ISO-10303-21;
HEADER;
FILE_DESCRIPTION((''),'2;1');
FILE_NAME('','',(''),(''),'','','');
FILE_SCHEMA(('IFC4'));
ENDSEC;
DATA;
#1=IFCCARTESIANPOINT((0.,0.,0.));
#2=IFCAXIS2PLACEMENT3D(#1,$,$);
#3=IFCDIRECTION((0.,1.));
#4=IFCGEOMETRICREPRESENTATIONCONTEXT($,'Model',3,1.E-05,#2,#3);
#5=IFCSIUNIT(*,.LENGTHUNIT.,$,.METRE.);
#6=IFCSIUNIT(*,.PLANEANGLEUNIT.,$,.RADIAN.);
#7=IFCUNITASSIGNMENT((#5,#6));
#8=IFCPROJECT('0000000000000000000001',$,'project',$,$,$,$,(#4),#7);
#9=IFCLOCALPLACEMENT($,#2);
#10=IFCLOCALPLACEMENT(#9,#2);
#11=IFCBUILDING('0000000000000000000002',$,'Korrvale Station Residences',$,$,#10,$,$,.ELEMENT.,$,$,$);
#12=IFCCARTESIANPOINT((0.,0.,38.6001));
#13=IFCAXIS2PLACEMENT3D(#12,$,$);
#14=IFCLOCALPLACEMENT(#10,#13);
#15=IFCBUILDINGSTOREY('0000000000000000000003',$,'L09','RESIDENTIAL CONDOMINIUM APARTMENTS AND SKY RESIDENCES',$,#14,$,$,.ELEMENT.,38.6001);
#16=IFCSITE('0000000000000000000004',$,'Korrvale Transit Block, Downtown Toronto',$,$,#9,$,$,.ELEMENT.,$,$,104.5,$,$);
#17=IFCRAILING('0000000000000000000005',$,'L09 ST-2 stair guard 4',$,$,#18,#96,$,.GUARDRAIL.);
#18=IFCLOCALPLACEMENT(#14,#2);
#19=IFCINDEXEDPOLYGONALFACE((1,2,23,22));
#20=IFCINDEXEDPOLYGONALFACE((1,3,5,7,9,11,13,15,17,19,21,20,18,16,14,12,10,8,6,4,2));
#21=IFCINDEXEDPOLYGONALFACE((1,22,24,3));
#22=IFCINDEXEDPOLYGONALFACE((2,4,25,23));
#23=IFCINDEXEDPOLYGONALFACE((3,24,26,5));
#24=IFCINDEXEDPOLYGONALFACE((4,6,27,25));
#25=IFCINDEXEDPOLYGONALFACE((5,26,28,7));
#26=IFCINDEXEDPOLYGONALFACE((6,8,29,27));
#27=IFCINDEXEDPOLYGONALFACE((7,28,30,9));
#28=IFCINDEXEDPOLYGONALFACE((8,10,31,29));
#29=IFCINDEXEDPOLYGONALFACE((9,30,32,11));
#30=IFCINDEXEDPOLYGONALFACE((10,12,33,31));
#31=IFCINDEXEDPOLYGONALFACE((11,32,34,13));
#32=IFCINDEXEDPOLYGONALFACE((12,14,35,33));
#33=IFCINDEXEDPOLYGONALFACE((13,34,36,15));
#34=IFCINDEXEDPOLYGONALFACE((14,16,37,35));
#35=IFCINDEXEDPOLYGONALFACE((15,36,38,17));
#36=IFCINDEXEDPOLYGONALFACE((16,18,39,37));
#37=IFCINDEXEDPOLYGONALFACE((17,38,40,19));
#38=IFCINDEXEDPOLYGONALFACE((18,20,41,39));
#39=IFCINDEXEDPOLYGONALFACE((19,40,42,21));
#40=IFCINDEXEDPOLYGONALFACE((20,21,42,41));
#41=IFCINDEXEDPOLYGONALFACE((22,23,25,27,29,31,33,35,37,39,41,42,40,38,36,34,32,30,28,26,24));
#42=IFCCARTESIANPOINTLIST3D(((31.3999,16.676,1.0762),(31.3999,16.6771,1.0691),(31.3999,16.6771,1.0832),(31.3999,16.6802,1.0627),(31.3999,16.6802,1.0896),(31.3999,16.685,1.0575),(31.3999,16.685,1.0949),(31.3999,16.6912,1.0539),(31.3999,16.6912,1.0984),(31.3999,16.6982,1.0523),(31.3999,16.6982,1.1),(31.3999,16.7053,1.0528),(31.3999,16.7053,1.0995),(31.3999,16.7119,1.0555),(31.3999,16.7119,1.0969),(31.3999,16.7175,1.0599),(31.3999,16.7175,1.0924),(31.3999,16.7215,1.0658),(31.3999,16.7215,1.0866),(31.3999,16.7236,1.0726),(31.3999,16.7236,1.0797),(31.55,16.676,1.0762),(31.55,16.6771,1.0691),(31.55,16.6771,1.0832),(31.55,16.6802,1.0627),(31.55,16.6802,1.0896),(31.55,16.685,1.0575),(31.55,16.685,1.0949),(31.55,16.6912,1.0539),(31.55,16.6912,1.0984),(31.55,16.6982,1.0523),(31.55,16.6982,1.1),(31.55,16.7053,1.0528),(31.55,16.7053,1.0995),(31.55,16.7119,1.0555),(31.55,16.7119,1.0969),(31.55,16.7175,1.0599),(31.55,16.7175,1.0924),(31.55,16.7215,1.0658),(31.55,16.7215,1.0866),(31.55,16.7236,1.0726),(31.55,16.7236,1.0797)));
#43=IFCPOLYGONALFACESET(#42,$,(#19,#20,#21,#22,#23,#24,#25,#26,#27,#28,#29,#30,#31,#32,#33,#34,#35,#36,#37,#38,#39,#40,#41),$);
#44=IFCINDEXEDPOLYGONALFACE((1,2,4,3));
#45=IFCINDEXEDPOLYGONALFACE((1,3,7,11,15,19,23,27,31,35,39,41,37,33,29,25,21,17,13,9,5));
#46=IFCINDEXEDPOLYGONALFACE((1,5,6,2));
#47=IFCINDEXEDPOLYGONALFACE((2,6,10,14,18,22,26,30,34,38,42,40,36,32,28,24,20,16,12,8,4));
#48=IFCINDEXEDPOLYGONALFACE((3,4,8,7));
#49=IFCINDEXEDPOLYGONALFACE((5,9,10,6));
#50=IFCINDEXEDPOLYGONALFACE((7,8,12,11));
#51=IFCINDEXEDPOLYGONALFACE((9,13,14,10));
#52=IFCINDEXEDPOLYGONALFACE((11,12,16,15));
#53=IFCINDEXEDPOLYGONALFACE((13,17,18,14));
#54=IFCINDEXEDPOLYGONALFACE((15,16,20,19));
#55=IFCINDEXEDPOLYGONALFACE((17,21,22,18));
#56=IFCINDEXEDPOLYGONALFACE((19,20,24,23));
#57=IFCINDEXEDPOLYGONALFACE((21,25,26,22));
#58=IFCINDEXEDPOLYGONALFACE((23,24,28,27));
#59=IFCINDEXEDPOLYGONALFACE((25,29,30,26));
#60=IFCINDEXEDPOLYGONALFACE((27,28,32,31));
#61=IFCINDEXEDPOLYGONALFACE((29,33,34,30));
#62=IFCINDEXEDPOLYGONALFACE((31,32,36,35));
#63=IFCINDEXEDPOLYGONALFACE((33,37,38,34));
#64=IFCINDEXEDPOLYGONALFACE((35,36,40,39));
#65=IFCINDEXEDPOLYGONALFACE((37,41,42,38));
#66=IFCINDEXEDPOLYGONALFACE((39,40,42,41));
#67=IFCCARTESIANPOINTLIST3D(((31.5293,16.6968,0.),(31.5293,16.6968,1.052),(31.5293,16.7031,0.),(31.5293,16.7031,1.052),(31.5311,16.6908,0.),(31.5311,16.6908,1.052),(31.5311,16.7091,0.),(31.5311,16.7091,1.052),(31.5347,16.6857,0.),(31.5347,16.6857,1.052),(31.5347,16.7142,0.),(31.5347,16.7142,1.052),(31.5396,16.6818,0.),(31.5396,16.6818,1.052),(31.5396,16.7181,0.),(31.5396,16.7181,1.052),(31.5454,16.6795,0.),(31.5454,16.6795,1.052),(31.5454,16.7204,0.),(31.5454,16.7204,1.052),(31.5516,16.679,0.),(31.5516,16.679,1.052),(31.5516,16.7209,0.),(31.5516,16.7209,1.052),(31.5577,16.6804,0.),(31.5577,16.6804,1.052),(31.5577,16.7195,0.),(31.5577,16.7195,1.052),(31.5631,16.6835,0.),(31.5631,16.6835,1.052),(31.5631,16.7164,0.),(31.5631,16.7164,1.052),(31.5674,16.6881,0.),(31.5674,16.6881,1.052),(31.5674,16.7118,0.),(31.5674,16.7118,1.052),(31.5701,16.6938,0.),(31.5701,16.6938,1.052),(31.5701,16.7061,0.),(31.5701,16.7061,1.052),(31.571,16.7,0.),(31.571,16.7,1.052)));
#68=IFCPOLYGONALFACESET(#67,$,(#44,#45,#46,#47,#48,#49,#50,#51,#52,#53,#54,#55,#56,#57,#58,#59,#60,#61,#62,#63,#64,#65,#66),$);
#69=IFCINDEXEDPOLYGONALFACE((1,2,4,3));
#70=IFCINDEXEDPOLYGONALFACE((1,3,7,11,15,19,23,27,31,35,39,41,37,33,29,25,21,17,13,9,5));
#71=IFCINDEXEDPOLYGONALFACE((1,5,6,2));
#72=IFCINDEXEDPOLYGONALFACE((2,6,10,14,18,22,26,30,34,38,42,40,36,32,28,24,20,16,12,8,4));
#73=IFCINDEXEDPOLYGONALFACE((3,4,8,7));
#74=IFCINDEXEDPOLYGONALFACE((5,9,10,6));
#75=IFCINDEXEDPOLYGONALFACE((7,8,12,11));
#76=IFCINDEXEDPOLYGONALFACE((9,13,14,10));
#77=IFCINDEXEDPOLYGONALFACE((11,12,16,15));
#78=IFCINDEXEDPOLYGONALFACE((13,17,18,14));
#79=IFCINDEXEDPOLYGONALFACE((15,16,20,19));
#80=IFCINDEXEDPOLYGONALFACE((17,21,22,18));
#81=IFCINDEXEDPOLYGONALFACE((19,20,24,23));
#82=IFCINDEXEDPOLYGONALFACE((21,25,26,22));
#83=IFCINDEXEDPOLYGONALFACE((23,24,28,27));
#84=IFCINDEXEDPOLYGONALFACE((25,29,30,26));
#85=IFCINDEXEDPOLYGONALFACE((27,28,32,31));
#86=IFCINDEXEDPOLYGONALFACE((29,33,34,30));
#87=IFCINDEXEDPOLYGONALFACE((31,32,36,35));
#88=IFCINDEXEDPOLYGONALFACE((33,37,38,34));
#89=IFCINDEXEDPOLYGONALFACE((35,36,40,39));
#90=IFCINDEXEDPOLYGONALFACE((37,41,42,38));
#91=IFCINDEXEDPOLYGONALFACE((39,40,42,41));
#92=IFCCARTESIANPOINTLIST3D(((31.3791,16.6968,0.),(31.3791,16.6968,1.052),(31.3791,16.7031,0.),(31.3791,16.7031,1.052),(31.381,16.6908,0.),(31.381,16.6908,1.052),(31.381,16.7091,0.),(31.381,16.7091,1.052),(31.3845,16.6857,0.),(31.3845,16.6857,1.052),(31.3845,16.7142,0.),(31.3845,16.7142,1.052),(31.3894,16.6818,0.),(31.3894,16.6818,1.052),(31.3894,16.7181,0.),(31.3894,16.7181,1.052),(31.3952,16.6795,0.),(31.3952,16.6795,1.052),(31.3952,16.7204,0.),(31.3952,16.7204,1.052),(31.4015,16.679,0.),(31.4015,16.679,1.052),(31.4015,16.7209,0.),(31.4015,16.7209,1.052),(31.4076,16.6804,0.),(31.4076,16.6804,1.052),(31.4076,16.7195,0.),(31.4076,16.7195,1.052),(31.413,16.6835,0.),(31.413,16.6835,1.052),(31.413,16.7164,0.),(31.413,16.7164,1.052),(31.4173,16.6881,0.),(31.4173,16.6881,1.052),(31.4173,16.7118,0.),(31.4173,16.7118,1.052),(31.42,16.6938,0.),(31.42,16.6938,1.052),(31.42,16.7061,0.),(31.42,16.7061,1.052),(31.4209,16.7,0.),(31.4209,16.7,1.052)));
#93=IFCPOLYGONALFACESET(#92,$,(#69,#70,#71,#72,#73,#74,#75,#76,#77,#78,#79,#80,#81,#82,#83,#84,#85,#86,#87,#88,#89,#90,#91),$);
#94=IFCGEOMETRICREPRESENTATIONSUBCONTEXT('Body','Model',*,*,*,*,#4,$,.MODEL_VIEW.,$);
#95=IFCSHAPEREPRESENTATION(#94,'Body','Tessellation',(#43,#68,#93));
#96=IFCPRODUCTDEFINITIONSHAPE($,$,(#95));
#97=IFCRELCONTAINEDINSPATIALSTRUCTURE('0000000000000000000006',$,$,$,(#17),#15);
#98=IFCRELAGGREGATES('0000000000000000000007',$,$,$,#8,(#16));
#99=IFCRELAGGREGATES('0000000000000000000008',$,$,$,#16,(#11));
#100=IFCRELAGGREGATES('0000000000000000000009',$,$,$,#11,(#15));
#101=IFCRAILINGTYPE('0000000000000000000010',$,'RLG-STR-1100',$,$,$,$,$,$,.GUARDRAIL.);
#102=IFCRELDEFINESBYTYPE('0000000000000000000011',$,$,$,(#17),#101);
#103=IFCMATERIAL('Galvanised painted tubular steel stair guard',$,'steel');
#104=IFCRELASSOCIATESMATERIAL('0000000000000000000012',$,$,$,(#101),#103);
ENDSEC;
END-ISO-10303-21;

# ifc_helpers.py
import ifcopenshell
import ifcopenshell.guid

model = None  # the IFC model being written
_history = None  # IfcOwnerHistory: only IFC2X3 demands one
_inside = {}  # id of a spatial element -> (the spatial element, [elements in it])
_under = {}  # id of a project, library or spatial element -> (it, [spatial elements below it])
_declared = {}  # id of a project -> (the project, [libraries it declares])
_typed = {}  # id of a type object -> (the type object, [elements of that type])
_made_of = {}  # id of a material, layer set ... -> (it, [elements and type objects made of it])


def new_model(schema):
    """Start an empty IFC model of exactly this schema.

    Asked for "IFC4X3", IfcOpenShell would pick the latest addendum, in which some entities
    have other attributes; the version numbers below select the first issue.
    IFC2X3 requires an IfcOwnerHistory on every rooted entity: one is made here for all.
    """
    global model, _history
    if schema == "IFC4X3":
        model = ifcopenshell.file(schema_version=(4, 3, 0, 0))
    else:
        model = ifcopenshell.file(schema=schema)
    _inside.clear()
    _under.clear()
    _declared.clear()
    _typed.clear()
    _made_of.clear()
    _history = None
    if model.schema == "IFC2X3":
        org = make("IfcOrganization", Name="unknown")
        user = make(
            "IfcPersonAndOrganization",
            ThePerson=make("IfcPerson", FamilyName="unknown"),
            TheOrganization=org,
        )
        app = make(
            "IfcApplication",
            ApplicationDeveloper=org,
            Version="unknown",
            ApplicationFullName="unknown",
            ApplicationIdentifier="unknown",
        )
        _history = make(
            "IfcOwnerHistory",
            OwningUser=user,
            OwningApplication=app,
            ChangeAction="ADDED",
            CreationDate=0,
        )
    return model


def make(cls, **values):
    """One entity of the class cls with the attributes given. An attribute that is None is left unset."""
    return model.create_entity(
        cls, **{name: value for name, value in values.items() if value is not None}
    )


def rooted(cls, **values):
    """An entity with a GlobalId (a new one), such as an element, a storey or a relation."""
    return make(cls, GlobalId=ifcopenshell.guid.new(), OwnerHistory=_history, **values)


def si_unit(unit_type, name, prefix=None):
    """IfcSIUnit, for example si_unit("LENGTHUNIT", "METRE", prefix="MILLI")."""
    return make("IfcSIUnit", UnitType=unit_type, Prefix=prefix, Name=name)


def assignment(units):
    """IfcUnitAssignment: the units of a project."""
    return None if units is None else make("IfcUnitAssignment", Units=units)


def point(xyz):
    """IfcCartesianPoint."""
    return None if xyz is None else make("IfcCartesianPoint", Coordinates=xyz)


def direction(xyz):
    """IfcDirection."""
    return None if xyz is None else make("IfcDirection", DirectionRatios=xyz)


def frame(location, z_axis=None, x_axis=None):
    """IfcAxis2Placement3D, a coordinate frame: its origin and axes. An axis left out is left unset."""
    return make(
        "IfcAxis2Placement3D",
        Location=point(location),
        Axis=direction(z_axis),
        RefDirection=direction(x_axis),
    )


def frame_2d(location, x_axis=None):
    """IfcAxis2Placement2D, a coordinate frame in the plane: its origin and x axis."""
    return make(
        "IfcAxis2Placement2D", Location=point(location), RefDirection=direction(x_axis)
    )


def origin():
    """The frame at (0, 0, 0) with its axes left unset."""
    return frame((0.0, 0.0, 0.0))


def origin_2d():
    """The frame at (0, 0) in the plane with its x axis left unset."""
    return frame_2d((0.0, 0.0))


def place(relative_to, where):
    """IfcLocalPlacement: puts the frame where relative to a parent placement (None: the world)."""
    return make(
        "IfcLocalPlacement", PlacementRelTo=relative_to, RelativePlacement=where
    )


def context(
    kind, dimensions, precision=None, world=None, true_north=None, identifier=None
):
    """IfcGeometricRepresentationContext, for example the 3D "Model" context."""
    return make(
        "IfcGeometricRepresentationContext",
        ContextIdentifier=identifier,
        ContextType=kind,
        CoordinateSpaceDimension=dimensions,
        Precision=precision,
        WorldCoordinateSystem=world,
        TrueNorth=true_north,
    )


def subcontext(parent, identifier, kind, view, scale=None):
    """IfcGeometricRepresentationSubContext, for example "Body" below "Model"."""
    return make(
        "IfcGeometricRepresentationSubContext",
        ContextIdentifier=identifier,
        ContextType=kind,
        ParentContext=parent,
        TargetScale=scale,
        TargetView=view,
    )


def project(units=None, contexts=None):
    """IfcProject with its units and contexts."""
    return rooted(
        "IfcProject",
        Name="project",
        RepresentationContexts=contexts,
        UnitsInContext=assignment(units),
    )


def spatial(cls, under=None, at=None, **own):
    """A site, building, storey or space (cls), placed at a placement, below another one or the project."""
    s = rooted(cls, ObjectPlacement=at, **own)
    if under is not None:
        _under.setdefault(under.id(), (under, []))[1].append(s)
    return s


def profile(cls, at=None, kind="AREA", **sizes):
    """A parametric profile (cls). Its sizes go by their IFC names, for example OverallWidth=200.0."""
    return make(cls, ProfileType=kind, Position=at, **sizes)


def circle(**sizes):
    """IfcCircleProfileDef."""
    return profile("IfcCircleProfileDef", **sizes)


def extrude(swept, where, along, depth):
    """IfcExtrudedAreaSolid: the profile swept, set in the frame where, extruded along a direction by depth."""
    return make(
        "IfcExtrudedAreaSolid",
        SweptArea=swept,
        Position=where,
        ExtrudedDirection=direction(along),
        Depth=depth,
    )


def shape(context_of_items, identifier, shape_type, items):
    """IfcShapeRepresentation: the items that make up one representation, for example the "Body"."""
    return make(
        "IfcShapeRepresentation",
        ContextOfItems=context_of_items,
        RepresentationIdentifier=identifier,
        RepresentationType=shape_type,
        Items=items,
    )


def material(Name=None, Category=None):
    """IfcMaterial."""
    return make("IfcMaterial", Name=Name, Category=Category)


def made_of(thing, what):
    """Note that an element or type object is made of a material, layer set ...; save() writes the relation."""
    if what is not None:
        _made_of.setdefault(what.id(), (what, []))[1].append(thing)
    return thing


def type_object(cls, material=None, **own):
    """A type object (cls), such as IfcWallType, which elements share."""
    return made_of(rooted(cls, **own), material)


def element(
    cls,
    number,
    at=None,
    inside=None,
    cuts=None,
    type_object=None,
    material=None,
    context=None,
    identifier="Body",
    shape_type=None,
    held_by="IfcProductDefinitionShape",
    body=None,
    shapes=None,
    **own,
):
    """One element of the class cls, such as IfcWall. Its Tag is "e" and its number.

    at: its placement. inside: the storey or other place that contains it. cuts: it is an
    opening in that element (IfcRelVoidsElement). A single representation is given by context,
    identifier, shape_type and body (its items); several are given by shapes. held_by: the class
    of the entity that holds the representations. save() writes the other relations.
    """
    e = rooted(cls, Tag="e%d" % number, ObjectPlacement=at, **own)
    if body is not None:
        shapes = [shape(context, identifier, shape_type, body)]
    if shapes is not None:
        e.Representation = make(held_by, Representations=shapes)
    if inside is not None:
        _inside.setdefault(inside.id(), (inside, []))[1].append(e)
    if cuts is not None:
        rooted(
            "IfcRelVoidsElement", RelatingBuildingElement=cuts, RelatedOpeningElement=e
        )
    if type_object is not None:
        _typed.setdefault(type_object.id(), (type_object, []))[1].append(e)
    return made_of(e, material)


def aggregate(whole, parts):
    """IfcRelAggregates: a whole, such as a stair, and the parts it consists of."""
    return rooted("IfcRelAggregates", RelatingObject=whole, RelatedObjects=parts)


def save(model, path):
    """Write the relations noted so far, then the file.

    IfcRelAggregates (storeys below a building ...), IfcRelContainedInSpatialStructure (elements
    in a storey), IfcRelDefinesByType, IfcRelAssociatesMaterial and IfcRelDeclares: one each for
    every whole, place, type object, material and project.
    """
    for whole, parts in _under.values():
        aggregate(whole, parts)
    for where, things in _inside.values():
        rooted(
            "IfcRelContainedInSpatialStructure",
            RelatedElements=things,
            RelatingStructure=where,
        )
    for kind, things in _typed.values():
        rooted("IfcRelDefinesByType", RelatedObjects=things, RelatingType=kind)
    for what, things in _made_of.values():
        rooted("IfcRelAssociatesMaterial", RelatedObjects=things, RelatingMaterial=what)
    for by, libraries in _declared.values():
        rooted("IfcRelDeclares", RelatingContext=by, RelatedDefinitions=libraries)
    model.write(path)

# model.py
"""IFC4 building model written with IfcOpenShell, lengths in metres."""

from ifc_helpers import new_model, si_unit, direction, frame, origin, origin_2d, place, context, subcontext, project, spatial, circle, extrude, material, type_object, element, save


model = new_model("IFC4")

# Units and contexts
model_context = context("Model", 3, precision=1e-05, world=origin(), true_north=direction((0.0, 1.0)))
body_context = subcontext(model_context, "Body", "Model", "MODEL_VIEW")
ifc_project = project(units=[si_unit("LENGTHUNIT", "METRE"), si_unit("PLANEANGLEUNIT", "RADIAN")], contexts=[model_context])

# Site, building, storey
site_placement = place(None, origin())
site = spatial("IfcSite", under=ifc_project, at=site_placement, Name="Korrvale Transit Block, Downtown Toronto", CompositionType="ELEMENT", RefElevation=104.5)
building_placement = place(site_placement, origin())
building = spatial("IfcBuilding", under=site, at=building_placement, Name="Korrvale Station Residences", CompositionType="ELEMENT")
storey_placement = place(building_placement, frame((0.0, 0.0, 38.6001)))
storey = spatial("IfcBuildingStorey", under=building, at=storey_placement, Name="L09", Description="RESIDENTIAL CONDOMINIUM APARTMENTS AND SKY RESIDENCES", CompositionType="ELEMENT", Elevation=38.6001)

# Railing
ifc_material_1 = material(Name="Galvanised painted tubular steel stair guard", Category="steel")
railing_type_1 = type_object("IfcRailingType", Name="RLG-STR-1100", PredefinedType="GUARDRAIL", material=ifc_material_1)
railing_1_placement = place(storey_placement, frame((31.55, 16.7, 0.0)))
element("IfcRailing", 1, at=railing_1_placement, inside=storey, type_object=railing_type_1, Name="L09 ST-2 stair guard 4", PredefinedType="GUARDRAIL", context=body_context, shape_type="SweptSolid", body=[
    extrude(circle(Radius=0.0239, at=origin_2d()), frame((0.0, 0.0, 1.0762), z_axis=(-1.0, 0.0, 0.0), x_axis=(0.0, -1.0, 0.0)), (0.0, 0.0, 1.0), 0.1501),
    extrude(circle(Radius=0.021, at=origin_2d()), origin(), (0.0, 0.0, 1.0), 1.052),
    extrude(circle(Radius=0.021, at=origin_2d()), frame((-0.1501, 0.0, 0.0)), (0.0, 0.0, 1.0), 1.052),
])

save(model, "model.ifc")
